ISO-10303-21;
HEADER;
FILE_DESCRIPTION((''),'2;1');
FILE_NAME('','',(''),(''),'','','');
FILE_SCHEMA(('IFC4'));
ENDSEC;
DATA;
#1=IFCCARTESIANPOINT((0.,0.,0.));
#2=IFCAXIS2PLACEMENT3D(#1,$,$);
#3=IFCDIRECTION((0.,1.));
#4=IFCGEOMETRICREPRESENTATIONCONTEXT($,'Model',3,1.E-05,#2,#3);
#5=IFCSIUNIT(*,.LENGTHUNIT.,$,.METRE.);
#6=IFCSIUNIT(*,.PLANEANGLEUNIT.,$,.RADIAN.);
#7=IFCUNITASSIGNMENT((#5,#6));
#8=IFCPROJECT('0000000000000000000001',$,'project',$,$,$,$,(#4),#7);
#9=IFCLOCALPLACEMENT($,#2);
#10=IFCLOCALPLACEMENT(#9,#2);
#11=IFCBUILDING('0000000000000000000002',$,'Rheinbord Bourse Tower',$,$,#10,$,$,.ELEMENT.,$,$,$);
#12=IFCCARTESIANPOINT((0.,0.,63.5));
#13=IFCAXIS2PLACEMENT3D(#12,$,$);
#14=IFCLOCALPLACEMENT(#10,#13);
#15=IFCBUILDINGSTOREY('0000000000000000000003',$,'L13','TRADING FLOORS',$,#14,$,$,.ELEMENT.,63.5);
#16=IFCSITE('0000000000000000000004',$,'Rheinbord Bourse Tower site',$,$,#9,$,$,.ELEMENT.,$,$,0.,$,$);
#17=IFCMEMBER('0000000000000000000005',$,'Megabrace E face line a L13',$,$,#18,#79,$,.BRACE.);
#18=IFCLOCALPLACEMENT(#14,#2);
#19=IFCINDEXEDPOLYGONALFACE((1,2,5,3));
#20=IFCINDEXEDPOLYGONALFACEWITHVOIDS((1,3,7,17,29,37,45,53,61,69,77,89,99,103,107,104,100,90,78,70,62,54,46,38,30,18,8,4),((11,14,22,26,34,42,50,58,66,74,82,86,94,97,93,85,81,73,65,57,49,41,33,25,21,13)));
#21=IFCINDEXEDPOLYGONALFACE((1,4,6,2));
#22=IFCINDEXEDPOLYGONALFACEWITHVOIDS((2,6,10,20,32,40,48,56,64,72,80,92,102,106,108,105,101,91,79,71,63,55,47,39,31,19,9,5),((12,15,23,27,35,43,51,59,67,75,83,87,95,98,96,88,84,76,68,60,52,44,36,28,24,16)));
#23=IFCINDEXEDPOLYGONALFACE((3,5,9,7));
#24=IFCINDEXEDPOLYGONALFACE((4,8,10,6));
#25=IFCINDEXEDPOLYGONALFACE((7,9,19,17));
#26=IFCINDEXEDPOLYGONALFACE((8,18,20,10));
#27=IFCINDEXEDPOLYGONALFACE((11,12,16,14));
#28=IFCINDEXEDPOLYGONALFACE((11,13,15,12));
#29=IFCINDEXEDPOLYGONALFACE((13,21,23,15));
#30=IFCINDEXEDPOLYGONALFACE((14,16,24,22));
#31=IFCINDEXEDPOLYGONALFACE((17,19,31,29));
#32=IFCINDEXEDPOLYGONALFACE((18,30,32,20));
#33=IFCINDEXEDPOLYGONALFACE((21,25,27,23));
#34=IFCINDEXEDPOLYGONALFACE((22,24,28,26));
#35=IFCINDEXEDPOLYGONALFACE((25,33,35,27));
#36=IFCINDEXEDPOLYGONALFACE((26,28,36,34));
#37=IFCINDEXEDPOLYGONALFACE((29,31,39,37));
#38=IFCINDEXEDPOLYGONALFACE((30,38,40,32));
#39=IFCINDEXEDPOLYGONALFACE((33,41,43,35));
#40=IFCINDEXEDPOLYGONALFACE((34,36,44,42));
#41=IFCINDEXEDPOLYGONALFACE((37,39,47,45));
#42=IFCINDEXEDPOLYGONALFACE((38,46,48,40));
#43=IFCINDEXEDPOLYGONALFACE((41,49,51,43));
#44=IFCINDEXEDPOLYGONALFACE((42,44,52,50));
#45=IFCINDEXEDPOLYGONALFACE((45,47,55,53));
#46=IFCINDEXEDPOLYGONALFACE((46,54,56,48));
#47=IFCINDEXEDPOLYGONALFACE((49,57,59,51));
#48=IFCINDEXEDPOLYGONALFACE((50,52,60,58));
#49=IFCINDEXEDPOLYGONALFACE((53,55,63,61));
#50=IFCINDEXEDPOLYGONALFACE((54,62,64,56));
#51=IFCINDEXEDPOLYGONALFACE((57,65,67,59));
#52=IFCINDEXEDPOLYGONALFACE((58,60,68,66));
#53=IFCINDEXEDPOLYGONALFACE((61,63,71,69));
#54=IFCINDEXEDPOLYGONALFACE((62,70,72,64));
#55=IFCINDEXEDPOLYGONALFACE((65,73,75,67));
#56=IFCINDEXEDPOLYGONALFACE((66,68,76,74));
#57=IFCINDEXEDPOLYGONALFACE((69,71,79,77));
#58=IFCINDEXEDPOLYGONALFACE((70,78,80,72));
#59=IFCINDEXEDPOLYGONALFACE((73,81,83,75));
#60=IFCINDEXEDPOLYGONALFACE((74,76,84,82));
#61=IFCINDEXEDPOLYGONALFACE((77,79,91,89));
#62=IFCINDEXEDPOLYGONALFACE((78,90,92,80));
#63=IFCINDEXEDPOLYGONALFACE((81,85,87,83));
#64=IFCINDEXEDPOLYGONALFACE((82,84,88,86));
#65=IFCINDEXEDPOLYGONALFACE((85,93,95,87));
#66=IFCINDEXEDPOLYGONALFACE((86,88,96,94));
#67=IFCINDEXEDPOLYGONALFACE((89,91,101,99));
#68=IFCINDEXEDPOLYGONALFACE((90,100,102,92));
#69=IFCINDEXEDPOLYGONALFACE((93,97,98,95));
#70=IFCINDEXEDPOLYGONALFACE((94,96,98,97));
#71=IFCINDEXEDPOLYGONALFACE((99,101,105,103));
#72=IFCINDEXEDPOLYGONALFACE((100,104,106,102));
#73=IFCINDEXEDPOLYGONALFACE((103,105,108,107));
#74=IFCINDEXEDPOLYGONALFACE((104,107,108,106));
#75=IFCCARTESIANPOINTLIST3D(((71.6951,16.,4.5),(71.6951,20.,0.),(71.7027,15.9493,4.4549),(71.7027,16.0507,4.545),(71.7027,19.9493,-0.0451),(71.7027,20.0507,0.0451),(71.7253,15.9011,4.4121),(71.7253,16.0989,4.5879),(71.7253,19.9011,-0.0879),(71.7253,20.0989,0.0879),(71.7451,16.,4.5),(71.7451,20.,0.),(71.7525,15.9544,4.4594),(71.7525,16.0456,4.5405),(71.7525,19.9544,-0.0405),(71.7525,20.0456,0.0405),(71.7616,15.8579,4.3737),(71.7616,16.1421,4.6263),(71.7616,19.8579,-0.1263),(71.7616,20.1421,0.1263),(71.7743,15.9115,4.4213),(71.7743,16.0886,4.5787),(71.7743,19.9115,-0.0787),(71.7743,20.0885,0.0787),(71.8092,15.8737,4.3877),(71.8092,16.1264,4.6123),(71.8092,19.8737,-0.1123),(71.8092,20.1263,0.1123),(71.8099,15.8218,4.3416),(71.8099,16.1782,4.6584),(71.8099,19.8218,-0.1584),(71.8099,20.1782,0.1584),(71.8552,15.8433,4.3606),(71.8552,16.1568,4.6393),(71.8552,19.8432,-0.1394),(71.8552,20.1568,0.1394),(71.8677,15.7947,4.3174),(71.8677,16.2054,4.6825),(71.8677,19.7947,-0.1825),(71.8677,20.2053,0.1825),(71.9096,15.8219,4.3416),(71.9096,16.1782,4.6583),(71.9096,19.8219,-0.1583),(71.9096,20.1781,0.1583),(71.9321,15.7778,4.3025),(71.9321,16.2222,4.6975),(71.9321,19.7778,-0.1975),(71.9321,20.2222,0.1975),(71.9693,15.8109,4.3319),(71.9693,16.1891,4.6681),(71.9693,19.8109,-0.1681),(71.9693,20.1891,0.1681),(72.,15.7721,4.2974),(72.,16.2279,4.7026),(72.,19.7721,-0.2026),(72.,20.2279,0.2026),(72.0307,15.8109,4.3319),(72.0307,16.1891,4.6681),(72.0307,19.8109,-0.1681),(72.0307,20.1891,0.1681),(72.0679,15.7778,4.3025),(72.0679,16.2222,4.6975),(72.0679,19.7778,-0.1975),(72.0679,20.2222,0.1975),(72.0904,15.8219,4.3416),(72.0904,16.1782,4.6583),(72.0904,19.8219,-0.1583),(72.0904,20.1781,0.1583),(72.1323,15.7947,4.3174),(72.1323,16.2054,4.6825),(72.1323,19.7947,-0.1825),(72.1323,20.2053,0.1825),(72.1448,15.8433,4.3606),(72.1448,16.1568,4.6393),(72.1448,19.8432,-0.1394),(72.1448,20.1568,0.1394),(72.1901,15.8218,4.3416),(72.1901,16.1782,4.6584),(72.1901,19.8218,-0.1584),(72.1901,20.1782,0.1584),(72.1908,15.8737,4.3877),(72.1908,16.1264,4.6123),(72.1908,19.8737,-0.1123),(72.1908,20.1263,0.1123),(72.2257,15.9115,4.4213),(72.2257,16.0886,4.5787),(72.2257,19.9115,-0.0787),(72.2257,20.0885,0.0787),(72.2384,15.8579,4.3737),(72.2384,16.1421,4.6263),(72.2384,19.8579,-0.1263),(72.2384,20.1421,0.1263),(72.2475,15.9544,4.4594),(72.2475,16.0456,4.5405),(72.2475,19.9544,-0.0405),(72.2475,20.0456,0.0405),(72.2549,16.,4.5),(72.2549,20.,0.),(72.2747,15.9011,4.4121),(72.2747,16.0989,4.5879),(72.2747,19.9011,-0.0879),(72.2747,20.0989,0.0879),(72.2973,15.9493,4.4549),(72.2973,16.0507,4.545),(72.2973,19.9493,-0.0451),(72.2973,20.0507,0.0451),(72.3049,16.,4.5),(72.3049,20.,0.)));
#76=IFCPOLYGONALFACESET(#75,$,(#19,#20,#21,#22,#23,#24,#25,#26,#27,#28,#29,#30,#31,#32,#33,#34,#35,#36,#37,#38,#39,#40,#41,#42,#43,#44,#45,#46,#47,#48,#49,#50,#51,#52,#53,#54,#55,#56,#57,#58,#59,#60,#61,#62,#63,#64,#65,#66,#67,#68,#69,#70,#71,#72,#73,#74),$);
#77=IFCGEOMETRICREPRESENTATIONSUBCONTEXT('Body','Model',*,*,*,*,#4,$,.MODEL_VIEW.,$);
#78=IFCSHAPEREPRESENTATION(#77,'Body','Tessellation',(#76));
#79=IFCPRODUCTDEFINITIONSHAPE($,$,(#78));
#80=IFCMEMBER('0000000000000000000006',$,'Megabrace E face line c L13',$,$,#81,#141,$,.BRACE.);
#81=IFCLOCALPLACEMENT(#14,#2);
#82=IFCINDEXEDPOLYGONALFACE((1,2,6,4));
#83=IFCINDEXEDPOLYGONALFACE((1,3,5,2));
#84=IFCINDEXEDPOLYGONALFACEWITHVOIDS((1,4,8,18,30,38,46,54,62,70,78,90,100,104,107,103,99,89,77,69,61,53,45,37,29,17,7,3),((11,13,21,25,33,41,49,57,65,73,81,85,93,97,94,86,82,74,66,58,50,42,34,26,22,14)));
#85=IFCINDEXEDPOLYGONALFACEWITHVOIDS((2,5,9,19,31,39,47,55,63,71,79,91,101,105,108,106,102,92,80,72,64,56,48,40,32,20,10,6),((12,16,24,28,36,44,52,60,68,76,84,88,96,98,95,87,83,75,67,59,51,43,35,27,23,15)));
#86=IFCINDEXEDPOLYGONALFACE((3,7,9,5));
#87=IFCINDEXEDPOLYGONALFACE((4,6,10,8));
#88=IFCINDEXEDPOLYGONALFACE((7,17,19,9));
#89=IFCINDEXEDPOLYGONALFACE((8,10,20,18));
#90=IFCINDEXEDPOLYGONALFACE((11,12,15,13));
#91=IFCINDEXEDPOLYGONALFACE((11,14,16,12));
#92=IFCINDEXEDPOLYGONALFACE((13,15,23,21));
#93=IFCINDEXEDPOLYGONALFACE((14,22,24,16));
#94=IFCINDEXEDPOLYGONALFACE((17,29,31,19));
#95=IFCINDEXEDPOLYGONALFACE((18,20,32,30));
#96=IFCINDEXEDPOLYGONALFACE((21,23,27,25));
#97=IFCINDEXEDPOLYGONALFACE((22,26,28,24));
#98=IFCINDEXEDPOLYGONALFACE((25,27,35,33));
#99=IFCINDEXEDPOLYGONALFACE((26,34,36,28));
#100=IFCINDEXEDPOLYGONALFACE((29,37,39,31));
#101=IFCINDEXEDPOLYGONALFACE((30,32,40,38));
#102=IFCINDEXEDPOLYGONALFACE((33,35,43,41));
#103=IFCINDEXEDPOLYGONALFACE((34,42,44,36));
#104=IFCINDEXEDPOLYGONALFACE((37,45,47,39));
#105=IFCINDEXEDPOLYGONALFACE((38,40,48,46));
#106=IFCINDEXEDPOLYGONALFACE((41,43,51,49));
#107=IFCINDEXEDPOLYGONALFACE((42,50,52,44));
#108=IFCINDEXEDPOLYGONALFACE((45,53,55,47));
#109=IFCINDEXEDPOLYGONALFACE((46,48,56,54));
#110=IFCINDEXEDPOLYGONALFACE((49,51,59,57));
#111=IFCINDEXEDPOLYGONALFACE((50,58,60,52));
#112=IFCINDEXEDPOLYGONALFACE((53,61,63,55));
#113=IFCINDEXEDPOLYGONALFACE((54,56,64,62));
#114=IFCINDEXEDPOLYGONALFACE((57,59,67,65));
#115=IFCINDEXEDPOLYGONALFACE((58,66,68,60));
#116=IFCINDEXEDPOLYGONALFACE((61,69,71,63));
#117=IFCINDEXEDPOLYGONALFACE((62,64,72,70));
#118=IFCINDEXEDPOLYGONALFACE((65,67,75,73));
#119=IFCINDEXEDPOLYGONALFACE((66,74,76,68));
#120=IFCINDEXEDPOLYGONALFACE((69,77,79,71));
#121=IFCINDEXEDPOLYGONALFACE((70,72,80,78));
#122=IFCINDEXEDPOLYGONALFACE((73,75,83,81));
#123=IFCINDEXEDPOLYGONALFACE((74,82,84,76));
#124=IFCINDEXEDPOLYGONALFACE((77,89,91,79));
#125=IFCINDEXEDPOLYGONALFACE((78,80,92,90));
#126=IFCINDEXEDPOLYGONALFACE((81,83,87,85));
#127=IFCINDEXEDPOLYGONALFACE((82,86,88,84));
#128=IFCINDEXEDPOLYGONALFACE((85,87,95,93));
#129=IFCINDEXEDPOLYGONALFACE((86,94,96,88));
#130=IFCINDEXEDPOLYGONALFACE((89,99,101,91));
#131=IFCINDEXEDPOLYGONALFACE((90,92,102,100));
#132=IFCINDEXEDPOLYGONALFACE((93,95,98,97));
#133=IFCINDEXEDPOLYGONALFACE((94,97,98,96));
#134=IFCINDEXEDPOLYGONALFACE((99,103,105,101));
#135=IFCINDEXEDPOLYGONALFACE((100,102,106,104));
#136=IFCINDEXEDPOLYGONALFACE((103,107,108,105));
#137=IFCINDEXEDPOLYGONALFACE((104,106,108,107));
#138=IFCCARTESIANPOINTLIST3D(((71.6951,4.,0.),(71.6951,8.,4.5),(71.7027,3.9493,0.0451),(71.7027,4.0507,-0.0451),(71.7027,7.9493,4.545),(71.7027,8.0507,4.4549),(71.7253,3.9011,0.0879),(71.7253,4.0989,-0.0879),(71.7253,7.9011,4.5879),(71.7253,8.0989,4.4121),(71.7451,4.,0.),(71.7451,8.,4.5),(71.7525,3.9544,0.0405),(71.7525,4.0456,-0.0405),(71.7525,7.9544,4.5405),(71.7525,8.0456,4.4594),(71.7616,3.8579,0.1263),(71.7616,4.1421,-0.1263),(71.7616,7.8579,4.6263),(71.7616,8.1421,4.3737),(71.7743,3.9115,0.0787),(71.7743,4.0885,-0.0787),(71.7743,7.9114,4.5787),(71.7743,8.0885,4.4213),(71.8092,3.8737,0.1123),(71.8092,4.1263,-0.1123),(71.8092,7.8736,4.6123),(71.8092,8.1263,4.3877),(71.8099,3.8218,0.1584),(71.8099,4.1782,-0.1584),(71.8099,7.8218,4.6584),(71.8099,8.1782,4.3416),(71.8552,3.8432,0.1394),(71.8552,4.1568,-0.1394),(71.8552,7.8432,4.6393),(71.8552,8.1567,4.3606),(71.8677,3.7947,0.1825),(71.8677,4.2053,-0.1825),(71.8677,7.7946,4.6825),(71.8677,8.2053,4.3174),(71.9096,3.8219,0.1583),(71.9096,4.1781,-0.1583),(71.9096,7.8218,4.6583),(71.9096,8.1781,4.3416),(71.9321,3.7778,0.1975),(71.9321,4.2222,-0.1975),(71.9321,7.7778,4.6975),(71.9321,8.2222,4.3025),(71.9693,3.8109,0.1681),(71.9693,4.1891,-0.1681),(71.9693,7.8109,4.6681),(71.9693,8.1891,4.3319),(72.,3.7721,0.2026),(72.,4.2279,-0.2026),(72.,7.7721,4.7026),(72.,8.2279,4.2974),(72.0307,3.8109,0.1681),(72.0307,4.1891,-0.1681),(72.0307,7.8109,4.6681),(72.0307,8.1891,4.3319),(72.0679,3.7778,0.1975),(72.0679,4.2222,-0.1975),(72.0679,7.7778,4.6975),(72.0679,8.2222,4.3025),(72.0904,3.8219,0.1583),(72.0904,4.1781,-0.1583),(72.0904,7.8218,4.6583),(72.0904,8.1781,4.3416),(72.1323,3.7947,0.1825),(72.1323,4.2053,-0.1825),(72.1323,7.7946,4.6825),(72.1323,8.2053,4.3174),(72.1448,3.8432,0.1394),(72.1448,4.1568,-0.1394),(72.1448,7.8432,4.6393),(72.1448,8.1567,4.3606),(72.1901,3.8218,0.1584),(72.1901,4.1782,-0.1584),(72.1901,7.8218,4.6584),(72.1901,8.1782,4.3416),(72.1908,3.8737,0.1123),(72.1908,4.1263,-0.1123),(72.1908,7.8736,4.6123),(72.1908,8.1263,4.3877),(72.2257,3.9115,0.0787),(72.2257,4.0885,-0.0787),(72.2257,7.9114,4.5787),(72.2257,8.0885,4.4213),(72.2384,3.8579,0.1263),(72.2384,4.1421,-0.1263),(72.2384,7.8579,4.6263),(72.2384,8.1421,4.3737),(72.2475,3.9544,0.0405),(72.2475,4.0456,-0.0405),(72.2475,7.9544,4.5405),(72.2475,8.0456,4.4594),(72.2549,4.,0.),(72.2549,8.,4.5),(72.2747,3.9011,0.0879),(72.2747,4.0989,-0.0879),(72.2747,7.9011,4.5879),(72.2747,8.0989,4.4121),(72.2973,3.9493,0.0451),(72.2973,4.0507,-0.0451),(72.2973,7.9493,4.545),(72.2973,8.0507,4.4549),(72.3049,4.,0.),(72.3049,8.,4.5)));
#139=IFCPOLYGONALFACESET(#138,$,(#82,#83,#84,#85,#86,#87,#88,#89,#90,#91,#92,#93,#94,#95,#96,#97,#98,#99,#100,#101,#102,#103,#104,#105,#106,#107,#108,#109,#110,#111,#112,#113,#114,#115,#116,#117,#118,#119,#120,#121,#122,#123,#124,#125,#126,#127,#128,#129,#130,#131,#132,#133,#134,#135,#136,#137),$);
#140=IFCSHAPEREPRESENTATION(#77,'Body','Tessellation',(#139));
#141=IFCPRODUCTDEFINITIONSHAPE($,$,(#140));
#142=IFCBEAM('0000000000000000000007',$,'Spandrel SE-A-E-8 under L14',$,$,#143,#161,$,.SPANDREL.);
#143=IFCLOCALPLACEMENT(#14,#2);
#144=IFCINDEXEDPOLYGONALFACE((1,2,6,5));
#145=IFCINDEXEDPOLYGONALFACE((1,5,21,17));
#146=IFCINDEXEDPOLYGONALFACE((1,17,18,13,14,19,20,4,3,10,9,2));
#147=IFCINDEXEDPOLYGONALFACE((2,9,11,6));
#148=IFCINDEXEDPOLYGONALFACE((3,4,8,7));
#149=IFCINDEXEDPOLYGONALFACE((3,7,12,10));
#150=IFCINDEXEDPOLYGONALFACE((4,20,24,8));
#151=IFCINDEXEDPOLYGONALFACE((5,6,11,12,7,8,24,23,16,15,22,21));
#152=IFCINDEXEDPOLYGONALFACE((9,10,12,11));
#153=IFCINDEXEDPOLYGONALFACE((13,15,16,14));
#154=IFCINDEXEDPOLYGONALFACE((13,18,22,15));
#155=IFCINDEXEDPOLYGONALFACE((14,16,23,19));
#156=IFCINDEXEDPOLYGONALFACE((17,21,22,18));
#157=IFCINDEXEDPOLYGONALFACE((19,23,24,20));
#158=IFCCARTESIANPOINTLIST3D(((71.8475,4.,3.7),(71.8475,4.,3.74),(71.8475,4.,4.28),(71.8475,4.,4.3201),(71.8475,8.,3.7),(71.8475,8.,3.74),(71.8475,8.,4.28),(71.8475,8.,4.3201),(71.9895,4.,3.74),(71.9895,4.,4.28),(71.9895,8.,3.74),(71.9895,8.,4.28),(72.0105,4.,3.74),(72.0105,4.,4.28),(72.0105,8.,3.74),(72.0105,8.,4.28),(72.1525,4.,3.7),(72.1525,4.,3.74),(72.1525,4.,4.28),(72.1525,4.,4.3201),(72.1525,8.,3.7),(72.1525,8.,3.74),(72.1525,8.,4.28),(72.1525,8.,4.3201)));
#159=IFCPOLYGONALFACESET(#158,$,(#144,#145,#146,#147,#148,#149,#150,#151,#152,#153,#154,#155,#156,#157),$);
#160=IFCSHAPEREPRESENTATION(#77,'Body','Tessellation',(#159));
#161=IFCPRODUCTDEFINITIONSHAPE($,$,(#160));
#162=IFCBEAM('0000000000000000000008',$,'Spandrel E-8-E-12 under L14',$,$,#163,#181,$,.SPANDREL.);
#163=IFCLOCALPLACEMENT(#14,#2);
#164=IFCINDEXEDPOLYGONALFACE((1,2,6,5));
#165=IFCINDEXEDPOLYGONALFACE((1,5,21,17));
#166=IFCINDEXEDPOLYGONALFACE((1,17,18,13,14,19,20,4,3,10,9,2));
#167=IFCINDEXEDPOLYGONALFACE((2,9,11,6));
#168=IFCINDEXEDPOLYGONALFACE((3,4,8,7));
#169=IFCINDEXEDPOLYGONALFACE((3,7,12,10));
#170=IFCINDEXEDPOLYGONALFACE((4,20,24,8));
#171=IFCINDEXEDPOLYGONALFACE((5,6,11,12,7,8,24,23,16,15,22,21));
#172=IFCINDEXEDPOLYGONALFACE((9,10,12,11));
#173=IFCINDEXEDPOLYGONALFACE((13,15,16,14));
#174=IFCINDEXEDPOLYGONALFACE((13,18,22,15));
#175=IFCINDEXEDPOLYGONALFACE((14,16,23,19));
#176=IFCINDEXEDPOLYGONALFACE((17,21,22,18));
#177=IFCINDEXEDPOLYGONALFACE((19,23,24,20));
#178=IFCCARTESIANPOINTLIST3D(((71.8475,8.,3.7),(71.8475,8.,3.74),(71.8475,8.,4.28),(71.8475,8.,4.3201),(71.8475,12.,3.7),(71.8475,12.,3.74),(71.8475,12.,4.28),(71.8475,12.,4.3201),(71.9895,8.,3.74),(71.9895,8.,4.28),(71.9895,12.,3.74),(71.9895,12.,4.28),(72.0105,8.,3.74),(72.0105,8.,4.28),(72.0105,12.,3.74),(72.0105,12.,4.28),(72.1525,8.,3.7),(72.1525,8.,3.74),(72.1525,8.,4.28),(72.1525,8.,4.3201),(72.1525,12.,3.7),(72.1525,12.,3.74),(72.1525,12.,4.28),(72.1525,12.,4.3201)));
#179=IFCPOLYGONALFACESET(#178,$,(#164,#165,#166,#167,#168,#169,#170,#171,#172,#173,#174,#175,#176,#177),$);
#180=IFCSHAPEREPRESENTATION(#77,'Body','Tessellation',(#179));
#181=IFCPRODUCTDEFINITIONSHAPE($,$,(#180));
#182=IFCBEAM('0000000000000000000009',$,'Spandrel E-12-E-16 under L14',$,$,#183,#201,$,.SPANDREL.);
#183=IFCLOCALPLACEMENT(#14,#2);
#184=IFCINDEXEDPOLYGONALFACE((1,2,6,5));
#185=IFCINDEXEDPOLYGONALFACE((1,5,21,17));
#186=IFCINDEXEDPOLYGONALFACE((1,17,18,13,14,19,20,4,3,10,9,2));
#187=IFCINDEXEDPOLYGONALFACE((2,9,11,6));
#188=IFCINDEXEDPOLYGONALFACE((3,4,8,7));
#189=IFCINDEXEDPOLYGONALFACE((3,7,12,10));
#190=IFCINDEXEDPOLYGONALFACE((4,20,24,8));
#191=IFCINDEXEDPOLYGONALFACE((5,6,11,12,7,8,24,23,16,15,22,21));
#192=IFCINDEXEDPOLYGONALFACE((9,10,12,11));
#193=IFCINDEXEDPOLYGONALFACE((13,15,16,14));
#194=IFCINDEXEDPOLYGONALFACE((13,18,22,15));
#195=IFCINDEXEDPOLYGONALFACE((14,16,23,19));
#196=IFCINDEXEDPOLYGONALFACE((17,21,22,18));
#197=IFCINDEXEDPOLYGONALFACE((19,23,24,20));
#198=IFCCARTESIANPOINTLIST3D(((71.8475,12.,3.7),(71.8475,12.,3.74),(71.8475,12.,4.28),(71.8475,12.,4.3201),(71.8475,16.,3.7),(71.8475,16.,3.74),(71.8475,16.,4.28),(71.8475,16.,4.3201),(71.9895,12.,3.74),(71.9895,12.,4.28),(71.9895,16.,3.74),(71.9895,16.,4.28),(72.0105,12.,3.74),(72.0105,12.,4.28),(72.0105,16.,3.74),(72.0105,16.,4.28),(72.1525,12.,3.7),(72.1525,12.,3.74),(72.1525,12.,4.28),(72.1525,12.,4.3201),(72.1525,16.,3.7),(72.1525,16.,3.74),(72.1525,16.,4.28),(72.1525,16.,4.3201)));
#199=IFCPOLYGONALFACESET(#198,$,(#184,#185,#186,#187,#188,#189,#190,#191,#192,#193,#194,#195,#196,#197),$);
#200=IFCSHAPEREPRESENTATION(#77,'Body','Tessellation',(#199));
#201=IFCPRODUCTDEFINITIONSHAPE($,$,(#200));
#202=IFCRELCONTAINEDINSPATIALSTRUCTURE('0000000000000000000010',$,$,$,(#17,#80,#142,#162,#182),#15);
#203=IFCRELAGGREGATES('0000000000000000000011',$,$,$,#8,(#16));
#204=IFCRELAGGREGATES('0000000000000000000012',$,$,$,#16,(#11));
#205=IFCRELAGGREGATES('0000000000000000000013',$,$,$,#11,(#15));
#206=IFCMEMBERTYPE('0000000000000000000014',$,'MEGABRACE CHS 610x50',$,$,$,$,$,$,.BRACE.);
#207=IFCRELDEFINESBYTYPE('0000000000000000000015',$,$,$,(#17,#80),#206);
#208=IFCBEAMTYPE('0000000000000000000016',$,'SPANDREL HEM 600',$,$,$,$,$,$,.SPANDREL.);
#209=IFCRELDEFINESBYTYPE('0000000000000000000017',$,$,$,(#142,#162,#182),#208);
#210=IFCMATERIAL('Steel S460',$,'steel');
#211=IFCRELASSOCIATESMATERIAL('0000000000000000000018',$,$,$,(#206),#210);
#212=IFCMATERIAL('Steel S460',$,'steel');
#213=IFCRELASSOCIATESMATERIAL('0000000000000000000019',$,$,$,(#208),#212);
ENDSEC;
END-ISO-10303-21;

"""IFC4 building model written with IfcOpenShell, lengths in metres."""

from ifc_helpers import new_model, si_unit, direction, frame, origin, origin_2d, place, context, subcontext, project, spatial, hollow_circle, i_section, extrude, material, material_profile, profile_set, type_object, element, save


model = new_model("IFC4")

# Units and contexts
model_context = context("Model", 3, precision=1e-05, world=origin(), true_north=direction((0.0, 1.0)))
body_context = subcontext(model_context, "Body", "Model", "MODEL_VIEW")
ifc_project = project(units=[si_unit("LENGTHUNIT", "METRE"), si_unit("PLANEANGLEUNIT", "RADIAN")], contexts=[model_context])

# Site, building, storey
site_placement = place(None, origin())
site = spatial("IfcSite", under=ifc_project, at=site_placement, Name="Rheinbord Bourse Tower site", CompositionType="ELEMENT", RefElevation=0.0)
building_placement = place(site_placement, origin())
building = spatial("IfcBuilding", under=site, at=building_placement, Name="Rheinbord Bourse Tower", CompositionType="ELEMENT")
storey_placement = place(building_placement, frame((0.0, 0.0, 63.5)))
storey = spatial("IfcBuildingStorey", under=building, at=storey_placement, Name="L13", Description="TRADING FLOORS", CompositionType="ELEMENT", Elevation=63.5)

# Members
ifc_material_1 = material(Name="Steel S460", Category="steel")
ifc_material_profile_1 = material_profile(ifc_material_1, hollow_circle(Radius=0.3049, WallThickness=0.05, at=origin_2d()), Name="CHS 610x50")
ifc_profile_set_1 = profile_set([ifc_material_profile_1], Name="Steel S460")
member_type_1 = type_object("IfcMemberType", Name="MEGABRACE CHS 610x50", PredefinedType="BRACE", material=ifc_profile_set_1)
for number, where, z_axis, x_axis, name in (
    (1, (72.0, 20.0, 0.0), (0.0, -0.664364, 0.747409), (1.0, 0.0, 0.0), "Megabrace E face line a L13"),
    (2, (72.0, 4.0, 0.0), (0.0, 0.664364, 0.747409), (-1.0, 0.0, 0.0), "Megabrace E face line c L13"),
):
    element("IfcMember", number, at=place(storey_placement, frame(where, z_axis=z_axis, x_axis=x_axis)), inside=storey, type_object=member_type_1, Name=name, PredefinedType="BRACE", context=body_context, shape_type="SweptSolid", body=[
        extrude(hollow_circle(Radius=0.3049, WallThickness=0.05, at=origin_2d()), origin(), (0.0, 0.0, 1.0), 6.0208),
    ])

# Beams
ifc_material_2 = material(Name="Steel S460", Category="steel")
ifc_material_profile_2 = material_profile(ifc_material_2, i_section(OverallWidth=0.3049, OverallDepth=0.6201, WebThickness=0.021, FlangeThickness=0.04, at=origin_2d()), Name="HEM 600")
ifc_profile_set_2 = profile_set([ifc_material_profile_2], Name="Steel S460")
beam_type_1 = type_object("IfcBeamType", Name="SPANDREL HEM 600", PredefinedType="SPANDREL", material=ifc_profile_set_2)
for number, where, z_axis, x_axis, name in (
    (3, (72.0, 4.0, 4.01), (0.0, 1.0, 0.0), (-1.0, 0.0, 0.0), "Spandrel SE-A-E-8 under L14"),
    (4, (72.0, 8.0, 4.01), (0.0, 1.0, 0.0), (-1.0, 0.0, 0.0), "Spandrel E-8-E-12 under L14"),
    (5, (72.0, 12.0, 4.01), (0.0, 1.0, 0.0), (-1.0, 0.0, 0.0), "Spandrel E-12-E-16 under L14"),
):
    element("IfcBeam", number, at=place(storey_placement, frame(where, z_axis=z_axis, x_axis=x_axis)), inside=storey, type_object=beam_type_1, Name=name, PredefinedType="SPANDREL", context=body_context, shape_type="SweptSolid", body=[
        extrude(i_section(OverallWidth=0.3049, OverallDepth=0.6201, WebThickness=0.021, FlangeThickness=0.04, at=origin_2d()), origin(), (0.0, 0.0, 1.0), 4.0),
    ])

save(model, "model.ifc")
